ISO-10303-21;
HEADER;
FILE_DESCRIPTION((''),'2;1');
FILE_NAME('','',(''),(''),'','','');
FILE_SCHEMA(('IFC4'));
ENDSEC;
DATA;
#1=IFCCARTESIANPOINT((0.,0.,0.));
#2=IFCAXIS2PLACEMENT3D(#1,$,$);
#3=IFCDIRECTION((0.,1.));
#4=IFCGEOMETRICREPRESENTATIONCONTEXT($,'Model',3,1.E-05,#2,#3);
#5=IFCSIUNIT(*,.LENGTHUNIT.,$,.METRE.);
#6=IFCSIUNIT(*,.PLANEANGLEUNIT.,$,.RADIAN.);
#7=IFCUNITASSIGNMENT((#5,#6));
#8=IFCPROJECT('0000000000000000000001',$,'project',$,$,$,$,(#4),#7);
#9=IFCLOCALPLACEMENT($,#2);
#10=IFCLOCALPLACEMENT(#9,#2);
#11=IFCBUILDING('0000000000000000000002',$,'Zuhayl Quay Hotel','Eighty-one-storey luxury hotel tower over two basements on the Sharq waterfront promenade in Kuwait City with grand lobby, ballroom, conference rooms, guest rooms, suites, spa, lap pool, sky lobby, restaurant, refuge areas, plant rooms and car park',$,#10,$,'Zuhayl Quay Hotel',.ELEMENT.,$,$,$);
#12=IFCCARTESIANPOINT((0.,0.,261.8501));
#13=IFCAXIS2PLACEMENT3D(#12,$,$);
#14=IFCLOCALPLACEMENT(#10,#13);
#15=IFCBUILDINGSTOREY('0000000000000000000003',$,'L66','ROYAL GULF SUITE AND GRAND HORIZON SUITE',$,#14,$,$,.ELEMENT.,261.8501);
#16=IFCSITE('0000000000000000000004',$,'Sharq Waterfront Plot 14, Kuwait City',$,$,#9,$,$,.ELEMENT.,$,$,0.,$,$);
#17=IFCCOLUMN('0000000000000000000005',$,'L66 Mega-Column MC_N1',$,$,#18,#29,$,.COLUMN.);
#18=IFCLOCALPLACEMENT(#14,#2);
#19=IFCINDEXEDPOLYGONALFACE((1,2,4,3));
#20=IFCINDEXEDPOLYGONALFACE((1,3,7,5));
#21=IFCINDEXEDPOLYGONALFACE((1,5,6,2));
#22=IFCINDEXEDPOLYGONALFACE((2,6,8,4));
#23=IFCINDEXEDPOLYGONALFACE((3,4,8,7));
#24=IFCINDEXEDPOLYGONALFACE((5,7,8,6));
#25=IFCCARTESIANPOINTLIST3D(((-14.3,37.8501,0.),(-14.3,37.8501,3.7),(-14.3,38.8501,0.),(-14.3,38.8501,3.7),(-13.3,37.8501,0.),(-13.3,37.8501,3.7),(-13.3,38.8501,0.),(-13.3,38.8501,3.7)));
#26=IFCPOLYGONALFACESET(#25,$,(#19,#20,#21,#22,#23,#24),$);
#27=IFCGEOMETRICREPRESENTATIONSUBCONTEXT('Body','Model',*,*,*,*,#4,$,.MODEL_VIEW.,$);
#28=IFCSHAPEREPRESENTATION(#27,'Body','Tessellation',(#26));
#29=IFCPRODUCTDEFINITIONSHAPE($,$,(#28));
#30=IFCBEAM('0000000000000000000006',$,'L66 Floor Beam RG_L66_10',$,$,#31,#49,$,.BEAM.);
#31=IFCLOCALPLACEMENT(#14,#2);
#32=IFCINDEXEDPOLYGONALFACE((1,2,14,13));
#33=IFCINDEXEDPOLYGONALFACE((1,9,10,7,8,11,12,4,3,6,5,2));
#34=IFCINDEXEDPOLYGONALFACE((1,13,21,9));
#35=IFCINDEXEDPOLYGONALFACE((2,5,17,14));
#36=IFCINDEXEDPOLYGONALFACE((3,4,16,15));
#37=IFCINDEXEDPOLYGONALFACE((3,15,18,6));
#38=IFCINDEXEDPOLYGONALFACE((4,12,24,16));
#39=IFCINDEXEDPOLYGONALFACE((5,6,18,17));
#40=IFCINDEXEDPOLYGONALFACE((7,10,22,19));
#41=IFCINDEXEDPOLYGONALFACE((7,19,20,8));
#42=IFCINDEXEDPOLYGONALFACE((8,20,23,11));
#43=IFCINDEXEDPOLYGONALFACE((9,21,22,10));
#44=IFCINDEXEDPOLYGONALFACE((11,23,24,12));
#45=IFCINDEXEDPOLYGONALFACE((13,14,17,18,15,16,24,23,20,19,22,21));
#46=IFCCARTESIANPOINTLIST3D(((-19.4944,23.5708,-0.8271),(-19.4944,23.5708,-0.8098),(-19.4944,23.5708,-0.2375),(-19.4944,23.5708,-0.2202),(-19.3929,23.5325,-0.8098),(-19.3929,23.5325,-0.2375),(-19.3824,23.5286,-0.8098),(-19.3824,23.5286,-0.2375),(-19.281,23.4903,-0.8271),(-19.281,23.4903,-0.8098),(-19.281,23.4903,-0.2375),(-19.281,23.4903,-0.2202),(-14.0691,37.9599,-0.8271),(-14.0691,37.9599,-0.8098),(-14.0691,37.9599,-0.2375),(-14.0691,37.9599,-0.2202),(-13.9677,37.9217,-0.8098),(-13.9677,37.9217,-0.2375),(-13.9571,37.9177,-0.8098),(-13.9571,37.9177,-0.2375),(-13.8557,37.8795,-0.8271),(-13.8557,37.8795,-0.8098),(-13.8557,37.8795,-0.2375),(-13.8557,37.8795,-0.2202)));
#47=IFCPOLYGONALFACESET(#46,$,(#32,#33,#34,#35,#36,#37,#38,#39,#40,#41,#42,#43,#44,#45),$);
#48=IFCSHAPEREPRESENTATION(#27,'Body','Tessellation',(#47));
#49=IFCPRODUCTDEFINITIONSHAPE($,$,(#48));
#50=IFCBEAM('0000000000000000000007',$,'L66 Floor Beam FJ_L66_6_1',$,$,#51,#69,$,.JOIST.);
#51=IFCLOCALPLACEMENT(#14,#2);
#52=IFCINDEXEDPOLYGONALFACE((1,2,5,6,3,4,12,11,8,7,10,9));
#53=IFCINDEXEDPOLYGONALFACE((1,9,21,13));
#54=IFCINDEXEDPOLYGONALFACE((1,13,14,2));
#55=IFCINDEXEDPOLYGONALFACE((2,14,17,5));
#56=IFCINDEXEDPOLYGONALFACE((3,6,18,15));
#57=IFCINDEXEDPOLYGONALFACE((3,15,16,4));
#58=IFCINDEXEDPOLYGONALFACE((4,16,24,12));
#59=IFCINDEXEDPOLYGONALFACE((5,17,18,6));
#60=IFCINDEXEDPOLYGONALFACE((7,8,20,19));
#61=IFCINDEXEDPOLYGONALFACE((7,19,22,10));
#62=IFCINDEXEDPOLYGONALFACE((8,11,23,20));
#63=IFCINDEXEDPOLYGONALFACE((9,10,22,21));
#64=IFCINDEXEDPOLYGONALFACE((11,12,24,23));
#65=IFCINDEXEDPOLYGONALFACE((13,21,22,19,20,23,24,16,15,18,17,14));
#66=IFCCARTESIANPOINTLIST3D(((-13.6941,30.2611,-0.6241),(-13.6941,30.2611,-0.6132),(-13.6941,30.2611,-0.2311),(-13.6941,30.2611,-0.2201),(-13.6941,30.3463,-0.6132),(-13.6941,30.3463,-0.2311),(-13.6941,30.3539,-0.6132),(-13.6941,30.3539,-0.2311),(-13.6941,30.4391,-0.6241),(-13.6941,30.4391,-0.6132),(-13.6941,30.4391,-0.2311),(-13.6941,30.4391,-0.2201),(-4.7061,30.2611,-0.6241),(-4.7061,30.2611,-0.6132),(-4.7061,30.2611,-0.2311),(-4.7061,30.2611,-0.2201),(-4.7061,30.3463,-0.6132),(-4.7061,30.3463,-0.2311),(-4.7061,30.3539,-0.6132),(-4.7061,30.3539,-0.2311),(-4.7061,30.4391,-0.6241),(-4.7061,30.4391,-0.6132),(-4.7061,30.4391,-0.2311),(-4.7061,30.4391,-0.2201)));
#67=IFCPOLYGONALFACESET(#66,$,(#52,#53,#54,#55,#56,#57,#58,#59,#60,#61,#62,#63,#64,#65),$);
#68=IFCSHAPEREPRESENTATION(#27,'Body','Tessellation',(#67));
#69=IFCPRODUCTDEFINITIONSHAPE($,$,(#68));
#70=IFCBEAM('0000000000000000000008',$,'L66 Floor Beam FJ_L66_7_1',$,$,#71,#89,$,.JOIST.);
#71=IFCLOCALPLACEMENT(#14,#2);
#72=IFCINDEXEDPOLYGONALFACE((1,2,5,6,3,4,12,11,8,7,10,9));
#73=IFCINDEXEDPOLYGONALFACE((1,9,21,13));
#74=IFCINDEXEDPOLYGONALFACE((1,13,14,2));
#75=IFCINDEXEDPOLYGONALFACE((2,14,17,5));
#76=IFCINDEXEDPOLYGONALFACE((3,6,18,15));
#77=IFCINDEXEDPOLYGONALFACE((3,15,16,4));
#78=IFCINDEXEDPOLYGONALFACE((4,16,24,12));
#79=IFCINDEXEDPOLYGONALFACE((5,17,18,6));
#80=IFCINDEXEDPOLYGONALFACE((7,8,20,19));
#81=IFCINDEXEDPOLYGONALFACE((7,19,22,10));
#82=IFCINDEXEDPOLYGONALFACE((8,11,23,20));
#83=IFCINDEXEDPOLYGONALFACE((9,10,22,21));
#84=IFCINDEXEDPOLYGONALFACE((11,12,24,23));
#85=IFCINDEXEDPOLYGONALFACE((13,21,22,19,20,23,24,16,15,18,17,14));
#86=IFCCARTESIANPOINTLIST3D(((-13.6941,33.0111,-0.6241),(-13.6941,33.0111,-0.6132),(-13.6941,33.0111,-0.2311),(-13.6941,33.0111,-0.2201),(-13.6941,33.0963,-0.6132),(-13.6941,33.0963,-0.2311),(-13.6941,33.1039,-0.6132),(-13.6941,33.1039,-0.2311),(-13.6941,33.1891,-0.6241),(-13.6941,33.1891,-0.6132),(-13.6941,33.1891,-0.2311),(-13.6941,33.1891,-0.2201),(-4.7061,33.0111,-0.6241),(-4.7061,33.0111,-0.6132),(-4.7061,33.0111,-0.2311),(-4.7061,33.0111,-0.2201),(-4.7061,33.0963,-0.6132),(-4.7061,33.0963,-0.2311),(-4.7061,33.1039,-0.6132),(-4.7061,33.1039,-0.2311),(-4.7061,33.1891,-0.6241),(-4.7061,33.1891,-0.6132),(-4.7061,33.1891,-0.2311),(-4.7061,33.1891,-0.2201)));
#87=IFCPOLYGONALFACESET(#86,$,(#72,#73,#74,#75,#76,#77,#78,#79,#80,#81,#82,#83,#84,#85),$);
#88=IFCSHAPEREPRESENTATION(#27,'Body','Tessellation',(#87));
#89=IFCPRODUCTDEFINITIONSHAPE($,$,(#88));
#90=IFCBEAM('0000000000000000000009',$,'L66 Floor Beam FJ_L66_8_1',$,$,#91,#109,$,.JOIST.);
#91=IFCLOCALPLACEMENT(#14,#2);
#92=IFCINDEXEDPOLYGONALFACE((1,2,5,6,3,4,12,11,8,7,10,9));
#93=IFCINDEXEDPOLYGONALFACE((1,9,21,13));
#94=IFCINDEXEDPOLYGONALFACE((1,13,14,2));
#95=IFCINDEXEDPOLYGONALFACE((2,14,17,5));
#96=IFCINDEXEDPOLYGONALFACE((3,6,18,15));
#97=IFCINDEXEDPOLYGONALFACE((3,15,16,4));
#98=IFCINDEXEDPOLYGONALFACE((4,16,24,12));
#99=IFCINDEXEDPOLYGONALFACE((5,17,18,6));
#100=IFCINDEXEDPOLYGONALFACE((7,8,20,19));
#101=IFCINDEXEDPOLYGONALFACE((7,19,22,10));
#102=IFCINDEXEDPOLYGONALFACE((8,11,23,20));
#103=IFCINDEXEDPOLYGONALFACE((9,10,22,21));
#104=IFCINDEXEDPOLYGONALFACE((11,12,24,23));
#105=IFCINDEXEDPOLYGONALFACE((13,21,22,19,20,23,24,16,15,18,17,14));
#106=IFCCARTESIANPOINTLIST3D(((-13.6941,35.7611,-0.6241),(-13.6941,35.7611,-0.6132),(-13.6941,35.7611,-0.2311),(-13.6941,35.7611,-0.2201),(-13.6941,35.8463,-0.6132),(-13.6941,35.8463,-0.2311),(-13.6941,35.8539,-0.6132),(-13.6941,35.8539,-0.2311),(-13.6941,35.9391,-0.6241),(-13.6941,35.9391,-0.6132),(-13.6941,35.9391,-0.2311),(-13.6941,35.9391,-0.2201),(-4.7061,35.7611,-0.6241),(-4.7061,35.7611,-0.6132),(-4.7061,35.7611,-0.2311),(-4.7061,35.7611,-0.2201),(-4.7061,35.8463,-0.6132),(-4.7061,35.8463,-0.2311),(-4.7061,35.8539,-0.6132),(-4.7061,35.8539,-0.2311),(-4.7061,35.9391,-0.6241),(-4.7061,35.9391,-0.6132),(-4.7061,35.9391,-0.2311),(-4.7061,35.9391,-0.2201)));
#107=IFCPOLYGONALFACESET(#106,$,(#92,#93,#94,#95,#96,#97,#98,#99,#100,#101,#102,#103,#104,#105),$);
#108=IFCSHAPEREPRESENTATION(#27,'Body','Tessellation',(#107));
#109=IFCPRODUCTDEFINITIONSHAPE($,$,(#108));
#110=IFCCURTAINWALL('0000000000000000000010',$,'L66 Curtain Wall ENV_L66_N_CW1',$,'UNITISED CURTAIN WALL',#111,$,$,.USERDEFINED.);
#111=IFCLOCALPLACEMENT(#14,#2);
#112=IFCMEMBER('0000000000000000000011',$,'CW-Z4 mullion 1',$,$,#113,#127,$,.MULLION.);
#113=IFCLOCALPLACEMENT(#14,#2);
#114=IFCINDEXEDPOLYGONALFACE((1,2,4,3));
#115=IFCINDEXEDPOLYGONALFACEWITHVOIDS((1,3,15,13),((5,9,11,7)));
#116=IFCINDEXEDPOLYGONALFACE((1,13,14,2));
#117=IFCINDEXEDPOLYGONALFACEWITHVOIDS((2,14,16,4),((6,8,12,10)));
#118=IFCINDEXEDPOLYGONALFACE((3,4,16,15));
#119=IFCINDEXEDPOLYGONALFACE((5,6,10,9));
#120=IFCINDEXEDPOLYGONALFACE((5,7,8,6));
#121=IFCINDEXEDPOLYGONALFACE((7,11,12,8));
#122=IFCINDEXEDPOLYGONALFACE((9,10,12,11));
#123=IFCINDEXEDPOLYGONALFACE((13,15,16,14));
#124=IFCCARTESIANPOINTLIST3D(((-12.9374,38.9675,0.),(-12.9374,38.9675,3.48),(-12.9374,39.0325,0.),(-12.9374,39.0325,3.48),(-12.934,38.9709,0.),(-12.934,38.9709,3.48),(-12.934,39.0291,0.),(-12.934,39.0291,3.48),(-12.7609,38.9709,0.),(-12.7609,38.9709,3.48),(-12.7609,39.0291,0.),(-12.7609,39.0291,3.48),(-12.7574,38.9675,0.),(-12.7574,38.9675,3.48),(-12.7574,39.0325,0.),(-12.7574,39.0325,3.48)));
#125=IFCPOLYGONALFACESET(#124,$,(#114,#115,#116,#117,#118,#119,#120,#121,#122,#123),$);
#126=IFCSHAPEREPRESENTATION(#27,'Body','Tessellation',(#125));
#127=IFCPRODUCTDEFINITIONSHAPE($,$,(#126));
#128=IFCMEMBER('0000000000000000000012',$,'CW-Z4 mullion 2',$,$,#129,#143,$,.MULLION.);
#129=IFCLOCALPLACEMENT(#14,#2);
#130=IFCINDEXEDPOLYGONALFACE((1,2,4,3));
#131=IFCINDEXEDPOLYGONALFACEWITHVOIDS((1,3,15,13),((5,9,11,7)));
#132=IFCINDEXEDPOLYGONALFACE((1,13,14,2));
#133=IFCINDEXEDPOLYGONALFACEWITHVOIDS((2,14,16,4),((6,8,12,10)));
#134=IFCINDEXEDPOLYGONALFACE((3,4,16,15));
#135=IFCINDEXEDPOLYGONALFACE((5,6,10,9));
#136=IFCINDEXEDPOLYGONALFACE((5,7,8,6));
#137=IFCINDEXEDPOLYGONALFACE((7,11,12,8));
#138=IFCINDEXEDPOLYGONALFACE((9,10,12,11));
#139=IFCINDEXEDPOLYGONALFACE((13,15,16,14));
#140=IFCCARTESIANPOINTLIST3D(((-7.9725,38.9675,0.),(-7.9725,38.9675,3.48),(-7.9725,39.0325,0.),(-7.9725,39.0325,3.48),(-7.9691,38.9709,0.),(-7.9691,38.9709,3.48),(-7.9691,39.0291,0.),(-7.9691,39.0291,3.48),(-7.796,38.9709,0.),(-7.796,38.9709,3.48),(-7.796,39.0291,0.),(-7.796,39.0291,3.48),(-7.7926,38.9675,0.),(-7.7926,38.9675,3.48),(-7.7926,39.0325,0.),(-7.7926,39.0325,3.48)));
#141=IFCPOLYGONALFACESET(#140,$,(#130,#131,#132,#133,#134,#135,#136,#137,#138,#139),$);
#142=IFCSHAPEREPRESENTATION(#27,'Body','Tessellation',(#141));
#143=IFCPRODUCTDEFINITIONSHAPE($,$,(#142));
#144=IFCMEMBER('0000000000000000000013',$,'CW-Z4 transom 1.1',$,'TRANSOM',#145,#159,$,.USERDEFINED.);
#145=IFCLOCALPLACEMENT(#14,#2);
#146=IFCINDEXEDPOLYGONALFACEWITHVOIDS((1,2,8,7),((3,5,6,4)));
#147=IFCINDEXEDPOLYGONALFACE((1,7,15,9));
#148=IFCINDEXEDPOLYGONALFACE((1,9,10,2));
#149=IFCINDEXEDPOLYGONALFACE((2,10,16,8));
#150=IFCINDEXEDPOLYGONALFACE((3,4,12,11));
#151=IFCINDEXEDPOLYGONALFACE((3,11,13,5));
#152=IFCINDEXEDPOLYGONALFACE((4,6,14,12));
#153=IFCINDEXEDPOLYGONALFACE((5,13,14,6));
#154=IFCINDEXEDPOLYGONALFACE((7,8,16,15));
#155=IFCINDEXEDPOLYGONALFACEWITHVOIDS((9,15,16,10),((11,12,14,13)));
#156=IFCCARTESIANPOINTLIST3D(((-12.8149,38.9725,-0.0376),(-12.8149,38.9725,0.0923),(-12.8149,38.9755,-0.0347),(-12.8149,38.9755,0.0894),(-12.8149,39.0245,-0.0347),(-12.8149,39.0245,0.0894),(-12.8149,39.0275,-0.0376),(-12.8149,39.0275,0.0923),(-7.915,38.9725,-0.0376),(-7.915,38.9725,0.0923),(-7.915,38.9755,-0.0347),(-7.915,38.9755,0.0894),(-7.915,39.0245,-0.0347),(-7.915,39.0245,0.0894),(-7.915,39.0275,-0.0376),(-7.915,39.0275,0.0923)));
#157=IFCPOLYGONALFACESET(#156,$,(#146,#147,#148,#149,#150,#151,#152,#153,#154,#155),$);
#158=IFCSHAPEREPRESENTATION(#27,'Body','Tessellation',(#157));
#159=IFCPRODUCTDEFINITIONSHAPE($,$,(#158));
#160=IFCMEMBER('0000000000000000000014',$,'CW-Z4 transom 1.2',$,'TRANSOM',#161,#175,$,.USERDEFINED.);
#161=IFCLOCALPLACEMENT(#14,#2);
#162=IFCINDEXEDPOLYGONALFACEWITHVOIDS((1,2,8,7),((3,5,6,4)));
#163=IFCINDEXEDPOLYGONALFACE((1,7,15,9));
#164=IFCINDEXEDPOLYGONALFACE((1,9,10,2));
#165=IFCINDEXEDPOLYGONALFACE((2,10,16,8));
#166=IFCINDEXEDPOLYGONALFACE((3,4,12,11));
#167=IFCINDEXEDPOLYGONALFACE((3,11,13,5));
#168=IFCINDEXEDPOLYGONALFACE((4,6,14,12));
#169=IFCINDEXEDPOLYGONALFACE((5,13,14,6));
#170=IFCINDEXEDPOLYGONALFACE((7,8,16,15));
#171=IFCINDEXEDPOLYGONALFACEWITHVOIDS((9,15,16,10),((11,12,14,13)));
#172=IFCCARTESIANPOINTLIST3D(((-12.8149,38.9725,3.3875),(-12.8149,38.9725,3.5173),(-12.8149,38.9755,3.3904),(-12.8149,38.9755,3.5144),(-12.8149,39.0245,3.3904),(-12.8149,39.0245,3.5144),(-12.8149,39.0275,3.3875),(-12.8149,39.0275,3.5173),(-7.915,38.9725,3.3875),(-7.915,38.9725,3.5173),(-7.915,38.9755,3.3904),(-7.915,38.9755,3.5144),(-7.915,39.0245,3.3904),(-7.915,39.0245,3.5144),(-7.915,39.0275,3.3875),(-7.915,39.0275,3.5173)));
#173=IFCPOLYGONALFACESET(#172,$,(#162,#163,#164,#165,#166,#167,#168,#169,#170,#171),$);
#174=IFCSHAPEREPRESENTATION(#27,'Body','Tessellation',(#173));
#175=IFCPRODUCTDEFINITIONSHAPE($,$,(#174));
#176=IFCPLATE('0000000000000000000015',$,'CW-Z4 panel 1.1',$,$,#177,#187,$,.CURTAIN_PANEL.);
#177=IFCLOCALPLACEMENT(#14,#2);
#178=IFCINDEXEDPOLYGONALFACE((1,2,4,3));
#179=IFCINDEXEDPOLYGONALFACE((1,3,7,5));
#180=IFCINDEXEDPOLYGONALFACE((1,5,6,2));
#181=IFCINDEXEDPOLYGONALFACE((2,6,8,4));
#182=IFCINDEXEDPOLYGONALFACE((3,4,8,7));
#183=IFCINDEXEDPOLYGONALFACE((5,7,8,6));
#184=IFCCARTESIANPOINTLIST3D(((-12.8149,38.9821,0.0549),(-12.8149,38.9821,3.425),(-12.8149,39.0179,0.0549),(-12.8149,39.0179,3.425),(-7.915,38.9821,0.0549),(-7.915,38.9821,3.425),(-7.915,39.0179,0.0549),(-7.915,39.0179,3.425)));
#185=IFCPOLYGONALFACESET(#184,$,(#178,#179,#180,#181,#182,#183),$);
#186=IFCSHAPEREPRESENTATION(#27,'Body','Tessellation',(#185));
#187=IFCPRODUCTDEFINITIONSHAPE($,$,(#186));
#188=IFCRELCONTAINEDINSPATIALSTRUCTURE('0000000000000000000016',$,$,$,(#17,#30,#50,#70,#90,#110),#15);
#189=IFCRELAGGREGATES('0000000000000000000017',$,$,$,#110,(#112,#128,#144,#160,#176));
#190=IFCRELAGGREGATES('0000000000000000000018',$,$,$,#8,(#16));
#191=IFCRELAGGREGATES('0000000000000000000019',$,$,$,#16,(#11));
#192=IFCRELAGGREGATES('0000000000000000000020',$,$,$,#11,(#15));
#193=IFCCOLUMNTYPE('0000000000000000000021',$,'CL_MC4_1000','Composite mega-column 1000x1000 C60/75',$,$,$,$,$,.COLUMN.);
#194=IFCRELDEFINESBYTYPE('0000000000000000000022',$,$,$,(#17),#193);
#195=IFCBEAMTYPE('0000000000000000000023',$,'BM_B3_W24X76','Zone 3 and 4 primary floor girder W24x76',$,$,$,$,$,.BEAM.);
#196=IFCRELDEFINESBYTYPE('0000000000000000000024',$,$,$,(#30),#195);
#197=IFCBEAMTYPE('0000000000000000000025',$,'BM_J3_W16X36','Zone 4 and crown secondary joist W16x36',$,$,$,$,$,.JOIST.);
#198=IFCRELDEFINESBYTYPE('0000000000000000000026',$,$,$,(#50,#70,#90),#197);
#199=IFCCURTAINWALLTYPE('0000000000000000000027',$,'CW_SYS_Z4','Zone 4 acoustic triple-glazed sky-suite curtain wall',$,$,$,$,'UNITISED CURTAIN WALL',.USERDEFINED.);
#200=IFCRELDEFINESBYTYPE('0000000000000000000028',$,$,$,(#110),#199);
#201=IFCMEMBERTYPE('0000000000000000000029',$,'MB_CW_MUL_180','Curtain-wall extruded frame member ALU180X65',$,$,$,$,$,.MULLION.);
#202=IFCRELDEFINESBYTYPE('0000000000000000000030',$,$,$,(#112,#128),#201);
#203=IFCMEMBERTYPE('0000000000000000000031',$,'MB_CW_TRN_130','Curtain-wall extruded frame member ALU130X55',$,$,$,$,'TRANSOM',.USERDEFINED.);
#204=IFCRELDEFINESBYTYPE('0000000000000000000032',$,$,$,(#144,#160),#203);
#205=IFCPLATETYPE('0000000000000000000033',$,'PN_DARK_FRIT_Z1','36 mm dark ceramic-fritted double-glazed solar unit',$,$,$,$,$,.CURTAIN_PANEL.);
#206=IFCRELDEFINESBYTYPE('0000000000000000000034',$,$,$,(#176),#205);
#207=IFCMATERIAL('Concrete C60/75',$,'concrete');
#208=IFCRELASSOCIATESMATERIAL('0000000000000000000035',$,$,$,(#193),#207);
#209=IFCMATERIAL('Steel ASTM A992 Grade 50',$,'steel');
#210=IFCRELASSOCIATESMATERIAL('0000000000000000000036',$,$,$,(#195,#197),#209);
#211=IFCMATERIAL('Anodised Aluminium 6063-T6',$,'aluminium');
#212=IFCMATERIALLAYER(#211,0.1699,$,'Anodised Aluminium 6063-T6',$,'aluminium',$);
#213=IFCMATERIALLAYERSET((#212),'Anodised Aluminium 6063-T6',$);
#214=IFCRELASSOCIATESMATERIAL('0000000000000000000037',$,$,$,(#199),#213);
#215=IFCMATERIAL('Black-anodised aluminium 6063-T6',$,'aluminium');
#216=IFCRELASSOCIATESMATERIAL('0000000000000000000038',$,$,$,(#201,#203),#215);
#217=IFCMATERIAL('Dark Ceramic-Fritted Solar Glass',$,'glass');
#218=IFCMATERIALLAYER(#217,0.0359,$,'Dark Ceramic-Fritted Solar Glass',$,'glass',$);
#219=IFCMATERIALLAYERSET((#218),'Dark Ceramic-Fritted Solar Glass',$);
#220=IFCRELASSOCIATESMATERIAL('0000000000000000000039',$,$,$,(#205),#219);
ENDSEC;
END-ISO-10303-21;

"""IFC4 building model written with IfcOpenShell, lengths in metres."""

from ifc_helpers import new_model, si_unit, direction, frame, origin, origin_2d, place, context, subcontext, project, spatial, rectangle, hollow_rectangle, i_section, extrude, material, layer, layer_set, material_profile, profile_set, type_object, element, aggregate, save


model = new_model("IFC4")

# Units and contexts
model_context = context("Model", 3, precision=1e-05, world=origin(), true_north=direction((0.0, 1.0)))
body_context = subcontext(model_context, "Body", "Model", "MODEL_VIEW")
ifc_project = project(units=[si_unit("LENGTHUNIT", "METRE"), si_unit("PLANEANGLEUNIT", "RADIAN")], contexts=[model_context])

# Site, building, storey
site_placement = place(None, origin())
site = spatial("IfcSite", under=ifc_project, at=site_placement, Name="Sharq Waterfront Plot 14, Kuwait City", CompositionType="ELEMENT", RefElevation=0.0)
building_placement = place(site_placement, origin())
building = spatial("IfcBuilding", under=site, at=building_placement, Name="Zuhayl Quay Hotel", Description="Eighty-one-storey luxury hotel tower over two basements on the Sharq waterfront promenade in Kuwait City with grand lobby, ballroom, conference rooms, guest rooms, suites, spa, lap pool, sky lobby, restaurant, refuge areas, plant rooms and car park", LongName="Zuhayl Quay Hotel", CompositionType="ELEMENT")
storey_placement = place(building_placement, frame((0.0, 0.0, 261.8501)))
storey = spatial("IfcBuildingStorey", under=building, at=storey_placement, Name="L66", Description="ROYAL GULF SUITE AND GRAND HORIZON SUITE", CompositionType="ELEMENT", Elevation=261.8501)

# Column
ifc_material_1 = material(Name="Concrete C60/75", Category="concrete")
ifc_material_profile_1 = material_profile(ifc_material_1, rectangle(XDim=1.0, YDim=1.0, at=origin_2d()), Name="RC1000X1000")
ifc_profile_set_1 = profile_set([ifc_material_profile_1], Name="Concrete C60/75")
column_type = type_object("IfcColumnType", Name="CL_MC4_1000", Description="Composite mega-column 1000x1000 C60/75", PredefinedType="COLUMN", material=ifc_profile_set_1)
column_placement = place(storey_placement, frame((-13.8, 38.3501, 0.0), z_axis=(0.0, 0.0, 1.0), x_axis=(1.0, 0.0, 0.0)))
element("IfcColumn", 1, at=column_placement, inside=storey, type_object=column_type, Name="L66 Mega-Column MC_N1", PredefinedType="COLUMN", context=body_context, shape_type="SweptSolid", body=[
    extrude(rectangle(XDim=1.0, YDim=1.0, at=origin_2d()), origin(), (0.0, 0.0, 1.0), 3.7),
])

# Beams
ifc_material_2 = material(Name="Steel ASTM A992 Grade 50", Category="steel")
ifc_material_profile_2 = material_profile(ifc_material_2, i_section(OverallWidth=0.228, OverallDepth=0.6069, WebThickness=0.0112, FlangeThickness=0.0173, at=origin_2d()), Name="W24X76")
ifc_profile_set_2 = profile_set([ifc_material_profile_2], Name="Steel ASTM A992 Grade 50")
beam_type_1 = type_object("IfcBeamType", Name="BM_B3_W24X76", Description="Zone 3 and 4 primary floor girder W24x76", PredefinedType="BEAM", material=ifc_profile_set_2)
beam_placement = place(storey_placement, frame((-13.9624, 37.9197, -0.5237), z_axis=(-0.352797, -0.9357, 0.0), x_axis=(0.9357, -0.352797, 0.0)))
element("IfcBeam", 2, at=beam_placement, inside=storey, type_object=beam_type_1, Name="L66 Floor Beam RG_L66_10", PredefinedType="BEAM", context=body_context, shape_type="SweptSolid", body=[
    extrude(i_section(OverallWidth=0.228, OverallDepth=0.6069, WebThickness=0.0112, FlangeThickness=0.0173, at=origin_2d()), origin(), (0.0, 0.0, 1.0), 15.3779),
])
ifc_material_profile_3 = material_profile(ifc_material_2, i_section(OverallWidth=0.178, OverallDepth=0.4041, WebThickness=0.0076, FlangeThickness=0.011, at=origin_2d()), Name="W16X36")
ifc_profile_set_3 = profile_set([ifc_material_profile_3], Name="Steel ASTM A992 Grade 50")
beam_type_2 = type_object("IfcBeamType", Name="BM_J3_W16X36", Description="Zone 4 and crown secondary joist W16x36", PredefinedType="JOIST", material=ifc_profile_set_3)
for number, where, z_axis, x_axis, name in (
    (3, (-13.6941, 30.3501, -0.4221), (1.0, 0.0, 0.0), (0.0, 1.0, 0.0), "L66 Floor Beam FJ_L66_6_1"),
    (4, (-13.6941, 33.1001, -0.4221), (1.0, 0.0, 0.0), (0.0, 1.0, 0.0), "L66 Floor Beam FJ_L66_7_1"),
    (5, (-13.6941, 35.8501, -0.4221), (1.0, 0.0, 0.0), (0.0, 1.0, 0.0), "L66 Floor Beam FJ_L66_8_1"),
):
    element("IfcBeam", number, at=place(storey_placement, frame(where, z_axis=z_axis, x_axis=x_axis)), inside=storey, type_object=beam_type_2, Name=name, PredefinedType="JOIST", context=body_context, shape_type="SweptSolid", body=[
        extrude(i_section(OverallWidth=0.178, OverallDepth=0.4041, WebThickness=0.0076, FlangeThickness=0.011, at=origin_2d()), origin(), (0.0, 0.0, 1.0), 8.988),
    ])

# Curtain wall, members, plate
ifc_material_3 = material(Name="Anodised Aluminium 6063-T6", Category="aluminium")
ifc_layer_1 = layer(ifc_material_3, 0.1699, Name="Anodised Aluminium 6063-T6", Category="aluminium")
ifc_layer_set_1 = layer_set([ifc_layer_1], Name="Anodised Aluminium 6063-T6")
curtain_wall_type = type_object("IfcCurtainWallType", Name="CW_SYS_Z4", Description="Zone 4 acoustic triple-glazed sky-suite curtain wall", ElementType="UNITISED CURTAIN WALL", PredefinedType="USERDEFINED", material=ifc_layer_set_1)
curtain_wall_placement = place(storey_placement, origin())
curtain_wall = element("IfcCurtainWall", 6, at=curtain_wall_placement, inside=storey, type_object=curtain_wall_type, Name="L66 Curtain Wall ENV_L66_N_CW1", ObjectType="UNITISED CURTAIN WALL", PredefinedType="USERDEFINED")
ifc_material_4 = material(Name="Black-anodised aluminium 6063-T6", Category="aluminium")
ifc_material_profile_4 = material_profile(ifc_material_4, hollow_rectangle(XDim=0.0649, YDim=0.1799, WallThickness=0.0034, at=origin_2d()), Name="ALU180X65")
ifc_profile_set_4 = profile_set([ifc_material_profile_4], Name="Black-anodised aluminium 6063-T6")
member_type_1 = type_object("IfcMemberType", Name="MB_CW_MUL_180", Description="Curtain-wall extruded frame member ALU180X65", PredefinedType="MULLION", material=ifc_profile_set_4)
member_1_placement = place(storey_placement, frame((-12.8474, 39.0, 0.0), z_axis=(0.0, 0.0, 1.0), x_axis=(0.0, 1.0, 0.0)))
member_1 = element("IfcMember", 7, at=member_1_placement, type_object=member_type_1, Name="CW-Z4 mullion 1", PredefinedType="MULLION", context=body_context, shape_type="SweptSolid", body=[
    extrude(hollow_rectangle(XDim=0.0649, YDim=0.1799, WallThickness=0.0034, at=origin_2d()), origin(), (0.0, 0.0, 1.0), 3.48),
])
member_2_placement = place(storey_placement, frame((-7.8826, 39.0, 0.0), z_axis=(0.0, 0.0, 1.0), x_axis=(0.0, 1.0, 0.0)))
member_2 = element("IfcMember", 8, at=member_2_placement, type_object=member_type_1, Name="CW-Z4 mullion 2", PredefinedType="MULLION", context=body_context, shape_type="SweptSolid", body=[
    extrude(hollow_rectangle(XDim=0.0649, YDim=0.1799, WallThickness=0.0034, at=origin_2d()), origin(), (0.0, 0.0, 1.0), 3.48),
])
ifc_material_profile_5 = material_profile(ifc_material_4, hollow_rectangle(XDim=0.0549, YDim=0.1299, WallThickness=0.0029, at=origin_2d()), Name="ALU130X55")
ifc_profile_set_5 = profile_set([ifc_material_profile_5], Name="Black-anodised aluminium 6063-T6")
member_type_2 = type_object("IfcMemberType", Name="MB_CW_TRN_130", Description="Curtain-wall extruded frame member ALU130X55", ElementType="TRANSOM", PredefinedType="USERDEFINED", material=ifc_profile_set_5)
member_3_placement = place(storey_placement, frame((-12.8149, 39.0, 0.0273), z_axis=(1.0, 0.0, 0.0), x_axis=(0.0, 1.0, 0.0)))
member_3 = element("IfcMember", 9, at=member_3_placement, type_object=member_type_2, Name="CW-Z4 transom 1.1", ObjectType="TRANSOM", PredefinedType="USERDEFINED", context=body_context, shape_type="SweptSolid", body=[
    extrude(hollow_rectangle(XDim=0.0549, YDim=0.1299, WallThickness=0.0029, at=origin_2d()), origin(), (0.0, 0.0, 1.0), 4.8999),
])
member_4_placement = place(storey_placement, frame((-12.8149, 39.0, 3.4524), z_axis=(1.0, 0.0, 0.0), x_axis=(0.0, 1.0, 0.0)))
member_4 = element("IfcMember", 10, at=member_4_placement, type_object=member_type_2, Name="CW-Z4 transom 1.2", ObjectType="TRANSOM", PredefinedType="USERDEFINED", context=body_context, shape_type="SweptSolid", body=[
    extrude(hollow_rectangle(XDim=0.0549, YDim=0.1299, WallThickness=0.0029, at=origin_2d()), origin(), (0.0, 0.0, 1.0), 4.8999),
])
ifc_material_5 = material(Name="Dark Ceramic-Fritted Solar Glass", Category="glass")
ifc_layer_2 = layer(ifc_material_5, 0.0359, Name="Dark Ceramic-Fritted Solar Glass", Category="glass")
ifc_layer_set_2 = layer_set([ifc_layer_2], Name="Dark Ceramic-Fritted Solar Glass")
plate_type = type_object("IfcPlateType", Name="PN_DARK_FRIT_Z1", Description="36 mm dark ceramic-fritted double-glazed solar unit", PredefinedType="CURTAIN_PANEL", material=ifc_layer_set_2)
plate_placement = place(storey_placement, frame((-10.365, 39.0, 0.0549), z_axis=(0.0, 0.0, 1.0), x_axis=(1.0, 0.0, 0.0)))
plate = element("IfcPlate", 11, at=plate_placement, type_object=plate_type, Name="CW-Z4 panel 1.1", PredefinedType="CURTAIN_PANEL", context=body_context, shape_type="SweptSolid", body=[
    extrude(rectangle(XDim=4.8999, YDim=0.0359, at=origin_2d()), origin(), (0.0, 0.0, 1.0), 3.3701),
])
aggregate(curtain_wall, [member_1, member_2, member_3, member_4, plate])

save(model, "model.ifc")
